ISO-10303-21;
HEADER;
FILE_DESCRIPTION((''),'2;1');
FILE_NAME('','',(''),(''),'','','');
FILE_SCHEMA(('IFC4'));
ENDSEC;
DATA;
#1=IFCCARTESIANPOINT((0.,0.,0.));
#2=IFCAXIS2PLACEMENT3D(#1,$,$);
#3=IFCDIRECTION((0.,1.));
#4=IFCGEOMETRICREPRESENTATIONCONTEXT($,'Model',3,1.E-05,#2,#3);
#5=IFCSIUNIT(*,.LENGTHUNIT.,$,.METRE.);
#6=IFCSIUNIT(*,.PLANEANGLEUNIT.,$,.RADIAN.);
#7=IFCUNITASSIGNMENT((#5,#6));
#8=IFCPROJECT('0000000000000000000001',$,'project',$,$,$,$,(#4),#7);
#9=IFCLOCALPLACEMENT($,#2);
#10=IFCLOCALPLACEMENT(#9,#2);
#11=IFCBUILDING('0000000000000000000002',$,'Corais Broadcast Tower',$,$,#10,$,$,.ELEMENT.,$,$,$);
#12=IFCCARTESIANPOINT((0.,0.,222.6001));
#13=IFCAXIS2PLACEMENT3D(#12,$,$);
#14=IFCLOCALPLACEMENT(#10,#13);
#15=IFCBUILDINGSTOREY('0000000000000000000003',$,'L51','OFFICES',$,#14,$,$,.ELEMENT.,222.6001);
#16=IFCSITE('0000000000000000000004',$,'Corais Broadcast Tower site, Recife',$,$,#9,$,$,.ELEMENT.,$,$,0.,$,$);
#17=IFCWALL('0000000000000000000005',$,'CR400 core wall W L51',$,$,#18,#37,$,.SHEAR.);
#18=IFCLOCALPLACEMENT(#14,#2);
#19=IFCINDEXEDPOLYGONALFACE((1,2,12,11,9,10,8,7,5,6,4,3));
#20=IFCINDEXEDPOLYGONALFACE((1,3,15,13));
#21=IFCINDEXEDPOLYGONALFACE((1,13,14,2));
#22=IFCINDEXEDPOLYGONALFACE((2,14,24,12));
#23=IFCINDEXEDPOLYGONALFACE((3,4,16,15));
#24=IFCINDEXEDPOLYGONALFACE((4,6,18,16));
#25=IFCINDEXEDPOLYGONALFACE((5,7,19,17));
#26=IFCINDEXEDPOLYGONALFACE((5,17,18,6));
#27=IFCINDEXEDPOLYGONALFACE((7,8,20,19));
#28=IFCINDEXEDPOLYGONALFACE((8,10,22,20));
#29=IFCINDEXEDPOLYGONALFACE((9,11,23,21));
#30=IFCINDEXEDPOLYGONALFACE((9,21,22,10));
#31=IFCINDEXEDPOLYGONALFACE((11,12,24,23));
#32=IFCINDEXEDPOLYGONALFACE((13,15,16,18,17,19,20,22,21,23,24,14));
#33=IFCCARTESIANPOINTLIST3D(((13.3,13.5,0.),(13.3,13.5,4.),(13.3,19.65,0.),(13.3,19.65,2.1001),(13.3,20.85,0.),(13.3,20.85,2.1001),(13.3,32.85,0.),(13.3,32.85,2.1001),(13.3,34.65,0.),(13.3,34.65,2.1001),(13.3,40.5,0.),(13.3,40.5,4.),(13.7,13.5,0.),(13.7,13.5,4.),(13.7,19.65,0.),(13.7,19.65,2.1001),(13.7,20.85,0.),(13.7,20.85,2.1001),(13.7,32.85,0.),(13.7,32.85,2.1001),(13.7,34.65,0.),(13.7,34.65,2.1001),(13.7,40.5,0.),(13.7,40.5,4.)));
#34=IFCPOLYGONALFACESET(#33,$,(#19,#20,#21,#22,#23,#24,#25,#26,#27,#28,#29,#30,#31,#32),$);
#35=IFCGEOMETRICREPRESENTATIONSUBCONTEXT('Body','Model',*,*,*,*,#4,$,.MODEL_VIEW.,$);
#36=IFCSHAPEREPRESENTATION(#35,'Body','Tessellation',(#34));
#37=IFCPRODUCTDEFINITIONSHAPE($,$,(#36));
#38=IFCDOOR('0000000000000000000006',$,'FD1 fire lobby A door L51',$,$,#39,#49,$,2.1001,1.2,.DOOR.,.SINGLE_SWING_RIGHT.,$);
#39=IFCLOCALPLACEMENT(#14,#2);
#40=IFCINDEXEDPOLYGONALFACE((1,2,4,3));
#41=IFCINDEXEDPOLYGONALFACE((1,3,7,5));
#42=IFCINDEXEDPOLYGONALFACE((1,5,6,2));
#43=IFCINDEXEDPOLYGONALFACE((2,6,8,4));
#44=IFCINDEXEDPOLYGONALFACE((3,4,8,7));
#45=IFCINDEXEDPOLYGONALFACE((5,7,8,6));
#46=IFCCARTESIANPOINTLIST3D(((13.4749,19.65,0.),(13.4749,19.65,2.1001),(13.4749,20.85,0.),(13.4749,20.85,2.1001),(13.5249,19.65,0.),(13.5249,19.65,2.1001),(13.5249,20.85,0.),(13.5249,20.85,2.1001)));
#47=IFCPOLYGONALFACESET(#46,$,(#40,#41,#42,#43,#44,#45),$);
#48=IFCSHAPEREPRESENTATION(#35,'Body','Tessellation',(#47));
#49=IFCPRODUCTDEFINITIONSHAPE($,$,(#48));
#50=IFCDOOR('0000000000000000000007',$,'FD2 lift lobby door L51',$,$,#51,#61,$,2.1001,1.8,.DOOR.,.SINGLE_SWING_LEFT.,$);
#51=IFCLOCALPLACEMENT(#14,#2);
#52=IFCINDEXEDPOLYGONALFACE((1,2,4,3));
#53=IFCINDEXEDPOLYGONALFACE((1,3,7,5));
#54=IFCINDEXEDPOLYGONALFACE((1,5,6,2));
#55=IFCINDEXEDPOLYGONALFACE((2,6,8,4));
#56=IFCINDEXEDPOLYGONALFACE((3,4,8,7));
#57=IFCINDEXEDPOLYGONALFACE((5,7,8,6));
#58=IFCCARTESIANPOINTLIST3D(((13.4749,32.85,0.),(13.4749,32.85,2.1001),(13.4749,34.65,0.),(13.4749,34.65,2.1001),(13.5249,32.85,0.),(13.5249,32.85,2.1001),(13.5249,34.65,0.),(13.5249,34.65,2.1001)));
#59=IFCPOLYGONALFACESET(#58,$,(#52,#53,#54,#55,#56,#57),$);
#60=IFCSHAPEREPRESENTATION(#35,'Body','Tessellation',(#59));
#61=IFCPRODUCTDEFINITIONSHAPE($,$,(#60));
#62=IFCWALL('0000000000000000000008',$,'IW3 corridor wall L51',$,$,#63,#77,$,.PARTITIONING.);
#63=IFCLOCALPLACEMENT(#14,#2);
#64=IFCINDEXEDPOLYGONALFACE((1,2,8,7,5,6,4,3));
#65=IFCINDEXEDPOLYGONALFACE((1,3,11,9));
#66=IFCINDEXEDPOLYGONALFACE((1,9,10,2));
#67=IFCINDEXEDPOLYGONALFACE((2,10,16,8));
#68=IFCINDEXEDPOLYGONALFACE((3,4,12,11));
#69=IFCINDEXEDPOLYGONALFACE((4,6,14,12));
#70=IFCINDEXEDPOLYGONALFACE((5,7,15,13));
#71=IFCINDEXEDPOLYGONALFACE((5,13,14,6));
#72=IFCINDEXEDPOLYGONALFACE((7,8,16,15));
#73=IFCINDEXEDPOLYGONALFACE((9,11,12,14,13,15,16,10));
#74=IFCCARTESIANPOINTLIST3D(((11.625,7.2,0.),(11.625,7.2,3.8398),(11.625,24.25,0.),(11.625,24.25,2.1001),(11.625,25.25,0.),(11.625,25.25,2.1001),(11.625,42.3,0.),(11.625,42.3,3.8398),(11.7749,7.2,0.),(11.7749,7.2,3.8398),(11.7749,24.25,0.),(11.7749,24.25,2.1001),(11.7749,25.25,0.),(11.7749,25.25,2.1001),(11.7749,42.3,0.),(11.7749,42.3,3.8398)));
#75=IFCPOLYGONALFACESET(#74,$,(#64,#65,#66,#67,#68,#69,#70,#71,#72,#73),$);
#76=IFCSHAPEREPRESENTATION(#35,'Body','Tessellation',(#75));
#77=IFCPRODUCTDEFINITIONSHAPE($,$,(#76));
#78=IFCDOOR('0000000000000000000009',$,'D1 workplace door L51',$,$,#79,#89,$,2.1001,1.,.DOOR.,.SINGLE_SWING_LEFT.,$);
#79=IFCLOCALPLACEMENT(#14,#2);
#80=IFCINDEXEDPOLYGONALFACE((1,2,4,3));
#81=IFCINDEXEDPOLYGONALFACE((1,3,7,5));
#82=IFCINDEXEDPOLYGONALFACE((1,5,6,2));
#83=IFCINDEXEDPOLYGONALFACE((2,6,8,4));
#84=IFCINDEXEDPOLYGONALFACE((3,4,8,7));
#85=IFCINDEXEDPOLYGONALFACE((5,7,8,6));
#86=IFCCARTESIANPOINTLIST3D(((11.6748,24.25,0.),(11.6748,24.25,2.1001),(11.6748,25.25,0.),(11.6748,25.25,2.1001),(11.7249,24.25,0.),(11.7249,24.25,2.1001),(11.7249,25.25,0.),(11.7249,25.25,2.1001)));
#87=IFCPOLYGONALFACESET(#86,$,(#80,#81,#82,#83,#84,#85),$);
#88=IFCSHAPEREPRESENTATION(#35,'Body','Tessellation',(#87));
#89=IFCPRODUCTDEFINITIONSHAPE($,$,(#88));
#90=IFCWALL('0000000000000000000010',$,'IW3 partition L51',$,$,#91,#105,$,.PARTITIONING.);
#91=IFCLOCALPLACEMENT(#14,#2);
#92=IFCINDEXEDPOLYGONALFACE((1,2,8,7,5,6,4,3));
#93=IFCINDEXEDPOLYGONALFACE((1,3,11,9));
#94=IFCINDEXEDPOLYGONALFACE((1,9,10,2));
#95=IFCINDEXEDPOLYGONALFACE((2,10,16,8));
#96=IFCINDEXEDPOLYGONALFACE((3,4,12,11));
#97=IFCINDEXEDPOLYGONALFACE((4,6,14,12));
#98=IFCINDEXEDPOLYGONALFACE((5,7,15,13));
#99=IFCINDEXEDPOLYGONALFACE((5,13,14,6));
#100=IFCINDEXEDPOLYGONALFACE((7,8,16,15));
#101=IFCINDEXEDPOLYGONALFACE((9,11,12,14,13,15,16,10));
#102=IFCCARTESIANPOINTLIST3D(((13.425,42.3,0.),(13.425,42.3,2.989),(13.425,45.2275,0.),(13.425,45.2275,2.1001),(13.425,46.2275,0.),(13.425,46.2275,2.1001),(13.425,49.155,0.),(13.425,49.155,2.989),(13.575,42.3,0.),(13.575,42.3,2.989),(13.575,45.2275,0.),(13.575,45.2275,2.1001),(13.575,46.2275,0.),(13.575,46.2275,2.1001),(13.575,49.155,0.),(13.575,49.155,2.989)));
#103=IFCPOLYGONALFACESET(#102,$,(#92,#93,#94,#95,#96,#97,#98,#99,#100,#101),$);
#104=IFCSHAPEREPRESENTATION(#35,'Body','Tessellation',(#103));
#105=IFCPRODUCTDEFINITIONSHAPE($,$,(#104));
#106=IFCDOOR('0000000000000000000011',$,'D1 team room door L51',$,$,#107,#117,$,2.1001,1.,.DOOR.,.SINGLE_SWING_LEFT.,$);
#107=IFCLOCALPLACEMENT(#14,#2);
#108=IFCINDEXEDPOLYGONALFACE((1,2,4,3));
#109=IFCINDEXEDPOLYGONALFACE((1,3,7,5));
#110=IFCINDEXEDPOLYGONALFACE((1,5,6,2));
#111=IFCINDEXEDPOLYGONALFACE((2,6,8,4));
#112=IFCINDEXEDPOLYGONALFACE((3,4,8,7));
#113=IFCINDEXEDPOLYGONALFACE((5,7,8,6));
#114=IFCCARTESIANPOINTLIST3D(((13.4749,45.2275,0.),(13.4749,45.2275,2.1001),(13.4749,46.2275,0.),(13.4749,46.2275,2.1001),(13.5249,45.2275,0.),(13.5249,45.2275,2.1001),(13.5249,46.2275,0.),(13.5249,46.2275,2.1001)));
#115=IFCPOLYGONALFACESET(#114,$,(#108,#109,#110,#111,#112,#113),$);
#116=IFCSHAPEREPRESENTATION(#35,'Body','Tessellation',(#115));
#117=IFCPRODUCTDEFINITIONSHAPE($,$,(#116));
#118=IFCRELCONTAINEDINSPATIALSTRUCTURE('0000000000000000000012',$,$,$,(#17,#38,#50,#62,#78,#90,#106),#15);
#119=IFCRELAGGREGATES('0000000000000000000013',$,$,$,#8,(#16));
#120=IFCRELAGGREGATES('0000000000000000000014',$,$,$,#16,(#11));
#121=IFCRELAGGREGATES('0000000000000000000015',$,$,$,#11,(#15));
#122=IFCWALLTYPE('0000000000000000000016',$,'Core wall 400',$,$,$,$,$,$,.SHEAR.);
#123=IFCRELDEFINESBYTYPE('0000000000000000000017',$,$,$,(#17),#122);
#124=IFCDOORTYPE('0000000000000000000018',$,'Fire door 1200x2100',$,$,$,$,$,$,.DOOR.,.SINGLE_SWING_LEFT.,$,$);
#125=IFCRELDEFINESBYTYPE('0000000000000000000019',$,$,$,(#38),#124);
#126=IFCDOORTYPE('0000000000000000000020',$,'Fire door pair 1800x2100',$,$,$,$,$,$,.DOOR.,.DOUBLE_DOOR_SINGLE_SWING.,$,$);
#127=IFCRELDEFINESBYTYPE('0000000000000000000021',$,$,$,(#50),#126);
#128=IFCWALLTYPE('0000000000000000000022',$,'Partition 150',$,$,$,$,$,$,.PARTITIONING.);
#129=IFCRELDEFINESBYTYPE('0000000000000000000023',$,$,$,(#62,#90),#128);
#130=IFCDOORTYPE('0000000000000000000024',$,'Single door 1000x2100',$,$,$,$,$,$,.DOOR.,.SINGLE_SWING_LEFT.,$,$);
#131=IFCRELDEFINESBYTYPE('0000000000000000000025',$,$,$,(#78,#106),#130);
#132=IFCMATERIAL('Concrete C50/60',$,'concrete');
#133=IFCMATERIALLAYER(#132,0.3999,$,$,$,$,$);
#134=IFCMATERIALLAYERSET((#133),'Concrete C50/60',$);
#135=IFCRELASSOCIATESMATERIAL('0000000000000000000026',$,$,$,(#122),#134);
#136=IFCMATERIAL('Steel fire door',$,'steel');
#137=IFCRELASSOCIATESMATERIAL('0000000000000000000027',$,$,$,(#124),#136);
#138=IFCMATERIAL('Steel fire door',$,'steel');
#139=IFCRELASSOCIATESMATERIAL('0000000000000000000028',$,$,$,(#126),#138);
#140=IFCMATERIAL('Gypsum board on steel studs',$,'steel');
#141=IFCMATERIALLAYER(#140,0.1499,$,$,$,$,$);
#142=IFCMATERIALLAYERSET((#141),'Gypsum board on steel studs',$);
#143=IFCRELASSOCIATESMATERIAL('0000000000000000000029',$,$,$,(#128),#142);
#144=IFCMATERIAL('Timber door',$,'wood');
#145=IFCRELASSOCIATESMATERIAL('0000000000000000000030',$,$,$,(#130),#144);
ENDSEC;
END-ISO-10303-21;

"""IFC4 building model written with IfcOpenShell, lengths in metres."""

from ifc_helpers import new_model, si_unit, direction, frame, frame_2d, origin, place, context, subcontext, project, spatial, rectangle, extrude, material, layer, layer_set, type_object, element, fill, save


model = new_model("IFC4")

# Units and contexts
model_context = context("Model", 3, precision=1e-05, world=origin(), true_north=direction((0.0, 1.0)))
body_context = subcontext(model_context, "Body", "Model", "MODEL_VIEW")
ifc_project = project(units=[si_unit("LENGTHUNIT", "METRE"), si_unit("PLANEANGLEUNIT", "RADIAN")], contexts=[model_context])

# Site, building, storey
site_placement = place(None, origin())
site = spatial("IfcSite", under=ifc_project, at=site_placement, Name="Corais Broadcast Tower site, Recife", CompositionType="ELEMENT", RefElevation=0.0)
building_placement = place(site_placement, origin())
building = spatial("IfcBuilding", under=site, at=building_placement, Name="Corais Broadcast Tower", CompositionType="ELEMENT")
storey_placement = place(building_placement, frame((0.0, 0.0, 222.6001)))
storey = spatial("IfcBuildingStorey", under=building, at=storey_placement, Name="L51", Description="OFFICES", CompositionType="ELEMENT", Elevation=222.6001)

# Wall, openings, doors
ifc_material_1 = material(Name="Concrete C50/60", Category="concrete")
ifc_layer_1 = layer(ifc_material_1, 0.3999)
ifc_layer_set_1 = layer_set([ifc_layer_1], Name="Concrete C50/60")
wall_type_1 = type_object("IfcWallType", Name="Core wall 400", PredefinedType="SHEAR", material=ifc_layer_set_1)
wall_1_placement = place(storey_placement, frame((13.5, 40.5, 0.0), z_axis=(0.0, 0.0, 1.0), x_axis=(0.0, -1.0, 0.0)))
wall_1 = element("IfcWall", 1, at=wall_1_placement, inside=storey, type_object=wall_type_1, Name="CR400 core wall W L51", PredefinedType="SHEAR", context=body_context, shape_type="SweptSolid", body=[
    extrude(rectangle(XDim=27.0, YDim=0.3999, at=frame_2d((13.5, 0.0))), origin(), (0.0, 0.0, 1.0), 4.0),
])
opening_1_placement = place(wall_1_placement, frame((19.6499, 0.0, 0.0)))
opening_1 = element("IfcOpeningElement", 2, at=opening_1_placement, cuts=wall_1, PredefinedType="OPENING", context=body_context, shape_type="SweptSolid", body=[
    extrude(rectangle(XDim=1.2, YDim=2.1001, at=frame_2d((0.6001, 1.05))), frame((0.0, 0.21, 0.0), z_axis=(0.0, -1.0, 0.0), x_axis=(1.0, 0.0, 0.0)), (0.0, 0.0, 1.0), 0.4199),
])
opening_2_placement = place(wall_1_placement, frame((5.8501, 0.0, 0.0)))
opening_2 = element("IfcOpeningElement", 3, at=opening_2_placement, cuts=wall_1, PredefinedType="OPENING", context=body_context, shape_type="SweptSolid", body=[
    extrude(rectangle(XDim=1.8, YDim=2.1001, at=frame_2d((0.8999, 1.05))), frame((0.0, 0.21, 0.0), z_axis=(0.0, -1.0, 0.0), x_axis=(1.0, 0.0, 0.0)), (0.0, 0.0, 1.0), 0.4199),
])
ifc_material_2 = material(Name="Steel fire door", Category="steel")
door_type_1 = type_object("IfcDoorType", Name="Fire door 1200x2100", OperationType="SINGLE_SWING_LEFT", PredefinedType="DOOR", material=ifc_material_2)
door_1_placement = place(opening_1_placement, origin())
door_1 = element("IfcDoor", 4, at=door_1_placement, inside=storey, type_object=door_type_1, Name="FD1 fire lobby A door L51", OperationType="SINGLE_SWING_RIGHT", OverallHeight=2.1001, OverallWidth=1.2, PredefinedType="DOOR", context=body_context, shape_type="SweptSolid", body=[
    extrude(rectangle(XDim=1.2, YDim=2.1001, at=frame_2d((0.6001, 1.05))), frame((0.0, 0.0249, 0.0), z_axis=(0.0, -1.0, 0.0), x_axis=(1.0, 0.0, 0.0)), (0.0, 0.0, 1.0), 0.05),
])
fill(opening_1, door_1)
ifc_material_3 = material(Name="Steel fire door", Category="steel")
door_type_2 = type_object("IfcDoorType", Name="Fire door pair 1800x2100", OperationType="DOUBLE_DOOR_SINGLE_SWING", PredefinedType="DOOR", material=ifc_material_3)
door_2_placement = place(opening_2_placement, origin())
door_2 = element("IfcDoor", 5, at=door_2_placement, inside=storey, type_object=door_type_2, Name="FD2 lift lobby door L51", OperationType="SINGLE_SWING_LEFT", OverallHeight=2.1001, OverallWidth=1.8, PredefinedType="DOOR", context=body_context, shape_type="SweptSolid", body=[
    extrude(rectangle(XDim=1.8, YDim=2.1001, at=frame_2d((0.8999, 1.05))), frame((0.0, 0.0249, 0.0), z_axis=(0.0, -1.0, 0.0), x_axis=(1.0, 0.0, 0.0)), (0.0, 0.0, 1.0), 0.05),
])
fill(opening_2, door_2)

# Walls, openings, doors
ifc_material_4 = material(Name="Gypsum board on steel studs", Category="steel")
ifc_layer_2 = layer(ifc_material_4, 0.1499)
ifc_layer_set_2 = layer_set([ifc_layer_2], Name="Gypsum board on steel studs")
wall_type_2 = type_object("IfcWallType", Name="Partition 150", PredefinedType="PARTITIONING", material=ifc_layer_set_2)
wall_2_placement = place(storey_placement, frame((11.7, 42.3, 0.0), z_axis=(0.0, 0.0, 1.0), x_axis=(0.0, -1.0, 0.0)))
wall_2 = element("IfcWall", 6, at=wall_2_placement, inside=storey, type_object=wall_type_2, Name="IW3 corridor wall L51", PredefinedType="PARTITIONING", context=body_context, shape_type="SweptSolid", body=[
    extrude(rectangle(XDim=35.1001, YDim=0.1499, at=frame_2d((17.55, 0.0))), origin(), (0.0, 0.0, 1.0), 3.8398),
])
opening_3_placement = place(wall_2_placement, frame((17.05, 0.0, 0.0)))
opening_3 = element("IfcOpeningElement", 7, at=opening_3_placement, cuts=wall_2, PredefinedType="OPENING", context=body_context, shape_type="SweptSolid", body=[
    extrude(rectangle(XDim=1.0, YDim=2.1001, at=frame_2d((0.5, 1.05))), frame((0.0, 0.085, 0.0), z_axis=(0.0, -1.0, 0.0), x_axis=(1.0, 0.0, 0.0)), (0.0, 0.0, 1.0), 0.1699),
])
ifc_material_5 = material(Name="Timber door", Category="wood")
door_type_3 = type_object("IfcDoorType", Name="Single door 1000x2100", OperationType="SINGLE_SWING_LEFT", PredefinedType="DOOR", material=ifc_material_5)
door_3_placement = place(opening_3_placement, origin())
door_3 = element("IfcDoor", 8, at=door_3_placement, inside=storey, type_object=door_type_3, Name="D1 workplace door L51", OperationType="SINGLE_SWING_LEFT", OverallHeight=2.1001, OverallWidth=1.0, PredefinedType="DOOR", context=body_context, shape_type="SweptSolid", body=[
    extrude(rectangle(XDim=1.0, YDim=2.1001, at=frame_2d((0.5, 1.05))), frame((0.0, 0.0249, 0.0), z_axis=(0.0, -1.0, 0.0), x_axis=(1.0, 0.0, 0.0)), (0.0, 0.0, 1.0), 0.05),
])
fill(opening_3, door_3)
wall_3_placement = place(storey_placement, frame((13.5, 49.155, 0.0), z_axis=(0.0, 0.0, 1.0), x_axis=(0.0, -1.0, 0.0)))
wall_3 = element("IfcWall", 9, at=wall_3_placement, inside=storey, type_object=wall_type_2, Name="IW3 partition L51", PredefinedType="PARTITIONING", context=body_context, shape_type="SweptSolid", body=[
    extrude(rectangle(XDim=6.855, YDim=0.1499, at=frame_2d((3.4275, 0.0))), origin(), (0.0, 0.0, 1.0), 2.989),
])
opening_4_placement = place(wall_3_placement, frame((2.9275, 0.0, 0.0)))
opening_4 = element("IfcOpeningElement", 10, at=opening_4_placement, cuts=wall_3, PredefinedType="OPENING", context=body_context, shape_type="SweptSolid", body=[
    extrude(rectangle(XDim=1.0, YDim=2.1001, at=frame_2d((0.5, 1.05))), frame((0.0, 0.085, 0.0), z_axis=(0.0, -1.0, 0.0), x_axis=(1.0, 0.0, 0.0)), (0.0, 0.0, 1.0), 0.1699),
])
door_4_placement = place(opening_4_placement, origin())
door_4 = element("IfcDoor", 11, at=door_4_placement, inside=storey, type_object=door_type_3, Name="D1 team room door L51", OperationType="SINGLE_SWING_LEFT", OverallHeight=2.1001, OverallWidth=1.0, PredefinedType="DOOR", context=body_context, shape_type="SweptSolid", body=[
    extrude(rectangle(XDim=1.0, YDim=2.1001, at=frame_2d((0.5, 1.05))), frame((0.0, 0.0249, 0.0), z_axis=(0.0, -1.0, 0.0), x_axis=(1.0, 0.0, 0.0)), (0.0, 0.0, 1.0), 0.05),
])
fill(opening_4, door_4)

save(model, "model.ifc")
